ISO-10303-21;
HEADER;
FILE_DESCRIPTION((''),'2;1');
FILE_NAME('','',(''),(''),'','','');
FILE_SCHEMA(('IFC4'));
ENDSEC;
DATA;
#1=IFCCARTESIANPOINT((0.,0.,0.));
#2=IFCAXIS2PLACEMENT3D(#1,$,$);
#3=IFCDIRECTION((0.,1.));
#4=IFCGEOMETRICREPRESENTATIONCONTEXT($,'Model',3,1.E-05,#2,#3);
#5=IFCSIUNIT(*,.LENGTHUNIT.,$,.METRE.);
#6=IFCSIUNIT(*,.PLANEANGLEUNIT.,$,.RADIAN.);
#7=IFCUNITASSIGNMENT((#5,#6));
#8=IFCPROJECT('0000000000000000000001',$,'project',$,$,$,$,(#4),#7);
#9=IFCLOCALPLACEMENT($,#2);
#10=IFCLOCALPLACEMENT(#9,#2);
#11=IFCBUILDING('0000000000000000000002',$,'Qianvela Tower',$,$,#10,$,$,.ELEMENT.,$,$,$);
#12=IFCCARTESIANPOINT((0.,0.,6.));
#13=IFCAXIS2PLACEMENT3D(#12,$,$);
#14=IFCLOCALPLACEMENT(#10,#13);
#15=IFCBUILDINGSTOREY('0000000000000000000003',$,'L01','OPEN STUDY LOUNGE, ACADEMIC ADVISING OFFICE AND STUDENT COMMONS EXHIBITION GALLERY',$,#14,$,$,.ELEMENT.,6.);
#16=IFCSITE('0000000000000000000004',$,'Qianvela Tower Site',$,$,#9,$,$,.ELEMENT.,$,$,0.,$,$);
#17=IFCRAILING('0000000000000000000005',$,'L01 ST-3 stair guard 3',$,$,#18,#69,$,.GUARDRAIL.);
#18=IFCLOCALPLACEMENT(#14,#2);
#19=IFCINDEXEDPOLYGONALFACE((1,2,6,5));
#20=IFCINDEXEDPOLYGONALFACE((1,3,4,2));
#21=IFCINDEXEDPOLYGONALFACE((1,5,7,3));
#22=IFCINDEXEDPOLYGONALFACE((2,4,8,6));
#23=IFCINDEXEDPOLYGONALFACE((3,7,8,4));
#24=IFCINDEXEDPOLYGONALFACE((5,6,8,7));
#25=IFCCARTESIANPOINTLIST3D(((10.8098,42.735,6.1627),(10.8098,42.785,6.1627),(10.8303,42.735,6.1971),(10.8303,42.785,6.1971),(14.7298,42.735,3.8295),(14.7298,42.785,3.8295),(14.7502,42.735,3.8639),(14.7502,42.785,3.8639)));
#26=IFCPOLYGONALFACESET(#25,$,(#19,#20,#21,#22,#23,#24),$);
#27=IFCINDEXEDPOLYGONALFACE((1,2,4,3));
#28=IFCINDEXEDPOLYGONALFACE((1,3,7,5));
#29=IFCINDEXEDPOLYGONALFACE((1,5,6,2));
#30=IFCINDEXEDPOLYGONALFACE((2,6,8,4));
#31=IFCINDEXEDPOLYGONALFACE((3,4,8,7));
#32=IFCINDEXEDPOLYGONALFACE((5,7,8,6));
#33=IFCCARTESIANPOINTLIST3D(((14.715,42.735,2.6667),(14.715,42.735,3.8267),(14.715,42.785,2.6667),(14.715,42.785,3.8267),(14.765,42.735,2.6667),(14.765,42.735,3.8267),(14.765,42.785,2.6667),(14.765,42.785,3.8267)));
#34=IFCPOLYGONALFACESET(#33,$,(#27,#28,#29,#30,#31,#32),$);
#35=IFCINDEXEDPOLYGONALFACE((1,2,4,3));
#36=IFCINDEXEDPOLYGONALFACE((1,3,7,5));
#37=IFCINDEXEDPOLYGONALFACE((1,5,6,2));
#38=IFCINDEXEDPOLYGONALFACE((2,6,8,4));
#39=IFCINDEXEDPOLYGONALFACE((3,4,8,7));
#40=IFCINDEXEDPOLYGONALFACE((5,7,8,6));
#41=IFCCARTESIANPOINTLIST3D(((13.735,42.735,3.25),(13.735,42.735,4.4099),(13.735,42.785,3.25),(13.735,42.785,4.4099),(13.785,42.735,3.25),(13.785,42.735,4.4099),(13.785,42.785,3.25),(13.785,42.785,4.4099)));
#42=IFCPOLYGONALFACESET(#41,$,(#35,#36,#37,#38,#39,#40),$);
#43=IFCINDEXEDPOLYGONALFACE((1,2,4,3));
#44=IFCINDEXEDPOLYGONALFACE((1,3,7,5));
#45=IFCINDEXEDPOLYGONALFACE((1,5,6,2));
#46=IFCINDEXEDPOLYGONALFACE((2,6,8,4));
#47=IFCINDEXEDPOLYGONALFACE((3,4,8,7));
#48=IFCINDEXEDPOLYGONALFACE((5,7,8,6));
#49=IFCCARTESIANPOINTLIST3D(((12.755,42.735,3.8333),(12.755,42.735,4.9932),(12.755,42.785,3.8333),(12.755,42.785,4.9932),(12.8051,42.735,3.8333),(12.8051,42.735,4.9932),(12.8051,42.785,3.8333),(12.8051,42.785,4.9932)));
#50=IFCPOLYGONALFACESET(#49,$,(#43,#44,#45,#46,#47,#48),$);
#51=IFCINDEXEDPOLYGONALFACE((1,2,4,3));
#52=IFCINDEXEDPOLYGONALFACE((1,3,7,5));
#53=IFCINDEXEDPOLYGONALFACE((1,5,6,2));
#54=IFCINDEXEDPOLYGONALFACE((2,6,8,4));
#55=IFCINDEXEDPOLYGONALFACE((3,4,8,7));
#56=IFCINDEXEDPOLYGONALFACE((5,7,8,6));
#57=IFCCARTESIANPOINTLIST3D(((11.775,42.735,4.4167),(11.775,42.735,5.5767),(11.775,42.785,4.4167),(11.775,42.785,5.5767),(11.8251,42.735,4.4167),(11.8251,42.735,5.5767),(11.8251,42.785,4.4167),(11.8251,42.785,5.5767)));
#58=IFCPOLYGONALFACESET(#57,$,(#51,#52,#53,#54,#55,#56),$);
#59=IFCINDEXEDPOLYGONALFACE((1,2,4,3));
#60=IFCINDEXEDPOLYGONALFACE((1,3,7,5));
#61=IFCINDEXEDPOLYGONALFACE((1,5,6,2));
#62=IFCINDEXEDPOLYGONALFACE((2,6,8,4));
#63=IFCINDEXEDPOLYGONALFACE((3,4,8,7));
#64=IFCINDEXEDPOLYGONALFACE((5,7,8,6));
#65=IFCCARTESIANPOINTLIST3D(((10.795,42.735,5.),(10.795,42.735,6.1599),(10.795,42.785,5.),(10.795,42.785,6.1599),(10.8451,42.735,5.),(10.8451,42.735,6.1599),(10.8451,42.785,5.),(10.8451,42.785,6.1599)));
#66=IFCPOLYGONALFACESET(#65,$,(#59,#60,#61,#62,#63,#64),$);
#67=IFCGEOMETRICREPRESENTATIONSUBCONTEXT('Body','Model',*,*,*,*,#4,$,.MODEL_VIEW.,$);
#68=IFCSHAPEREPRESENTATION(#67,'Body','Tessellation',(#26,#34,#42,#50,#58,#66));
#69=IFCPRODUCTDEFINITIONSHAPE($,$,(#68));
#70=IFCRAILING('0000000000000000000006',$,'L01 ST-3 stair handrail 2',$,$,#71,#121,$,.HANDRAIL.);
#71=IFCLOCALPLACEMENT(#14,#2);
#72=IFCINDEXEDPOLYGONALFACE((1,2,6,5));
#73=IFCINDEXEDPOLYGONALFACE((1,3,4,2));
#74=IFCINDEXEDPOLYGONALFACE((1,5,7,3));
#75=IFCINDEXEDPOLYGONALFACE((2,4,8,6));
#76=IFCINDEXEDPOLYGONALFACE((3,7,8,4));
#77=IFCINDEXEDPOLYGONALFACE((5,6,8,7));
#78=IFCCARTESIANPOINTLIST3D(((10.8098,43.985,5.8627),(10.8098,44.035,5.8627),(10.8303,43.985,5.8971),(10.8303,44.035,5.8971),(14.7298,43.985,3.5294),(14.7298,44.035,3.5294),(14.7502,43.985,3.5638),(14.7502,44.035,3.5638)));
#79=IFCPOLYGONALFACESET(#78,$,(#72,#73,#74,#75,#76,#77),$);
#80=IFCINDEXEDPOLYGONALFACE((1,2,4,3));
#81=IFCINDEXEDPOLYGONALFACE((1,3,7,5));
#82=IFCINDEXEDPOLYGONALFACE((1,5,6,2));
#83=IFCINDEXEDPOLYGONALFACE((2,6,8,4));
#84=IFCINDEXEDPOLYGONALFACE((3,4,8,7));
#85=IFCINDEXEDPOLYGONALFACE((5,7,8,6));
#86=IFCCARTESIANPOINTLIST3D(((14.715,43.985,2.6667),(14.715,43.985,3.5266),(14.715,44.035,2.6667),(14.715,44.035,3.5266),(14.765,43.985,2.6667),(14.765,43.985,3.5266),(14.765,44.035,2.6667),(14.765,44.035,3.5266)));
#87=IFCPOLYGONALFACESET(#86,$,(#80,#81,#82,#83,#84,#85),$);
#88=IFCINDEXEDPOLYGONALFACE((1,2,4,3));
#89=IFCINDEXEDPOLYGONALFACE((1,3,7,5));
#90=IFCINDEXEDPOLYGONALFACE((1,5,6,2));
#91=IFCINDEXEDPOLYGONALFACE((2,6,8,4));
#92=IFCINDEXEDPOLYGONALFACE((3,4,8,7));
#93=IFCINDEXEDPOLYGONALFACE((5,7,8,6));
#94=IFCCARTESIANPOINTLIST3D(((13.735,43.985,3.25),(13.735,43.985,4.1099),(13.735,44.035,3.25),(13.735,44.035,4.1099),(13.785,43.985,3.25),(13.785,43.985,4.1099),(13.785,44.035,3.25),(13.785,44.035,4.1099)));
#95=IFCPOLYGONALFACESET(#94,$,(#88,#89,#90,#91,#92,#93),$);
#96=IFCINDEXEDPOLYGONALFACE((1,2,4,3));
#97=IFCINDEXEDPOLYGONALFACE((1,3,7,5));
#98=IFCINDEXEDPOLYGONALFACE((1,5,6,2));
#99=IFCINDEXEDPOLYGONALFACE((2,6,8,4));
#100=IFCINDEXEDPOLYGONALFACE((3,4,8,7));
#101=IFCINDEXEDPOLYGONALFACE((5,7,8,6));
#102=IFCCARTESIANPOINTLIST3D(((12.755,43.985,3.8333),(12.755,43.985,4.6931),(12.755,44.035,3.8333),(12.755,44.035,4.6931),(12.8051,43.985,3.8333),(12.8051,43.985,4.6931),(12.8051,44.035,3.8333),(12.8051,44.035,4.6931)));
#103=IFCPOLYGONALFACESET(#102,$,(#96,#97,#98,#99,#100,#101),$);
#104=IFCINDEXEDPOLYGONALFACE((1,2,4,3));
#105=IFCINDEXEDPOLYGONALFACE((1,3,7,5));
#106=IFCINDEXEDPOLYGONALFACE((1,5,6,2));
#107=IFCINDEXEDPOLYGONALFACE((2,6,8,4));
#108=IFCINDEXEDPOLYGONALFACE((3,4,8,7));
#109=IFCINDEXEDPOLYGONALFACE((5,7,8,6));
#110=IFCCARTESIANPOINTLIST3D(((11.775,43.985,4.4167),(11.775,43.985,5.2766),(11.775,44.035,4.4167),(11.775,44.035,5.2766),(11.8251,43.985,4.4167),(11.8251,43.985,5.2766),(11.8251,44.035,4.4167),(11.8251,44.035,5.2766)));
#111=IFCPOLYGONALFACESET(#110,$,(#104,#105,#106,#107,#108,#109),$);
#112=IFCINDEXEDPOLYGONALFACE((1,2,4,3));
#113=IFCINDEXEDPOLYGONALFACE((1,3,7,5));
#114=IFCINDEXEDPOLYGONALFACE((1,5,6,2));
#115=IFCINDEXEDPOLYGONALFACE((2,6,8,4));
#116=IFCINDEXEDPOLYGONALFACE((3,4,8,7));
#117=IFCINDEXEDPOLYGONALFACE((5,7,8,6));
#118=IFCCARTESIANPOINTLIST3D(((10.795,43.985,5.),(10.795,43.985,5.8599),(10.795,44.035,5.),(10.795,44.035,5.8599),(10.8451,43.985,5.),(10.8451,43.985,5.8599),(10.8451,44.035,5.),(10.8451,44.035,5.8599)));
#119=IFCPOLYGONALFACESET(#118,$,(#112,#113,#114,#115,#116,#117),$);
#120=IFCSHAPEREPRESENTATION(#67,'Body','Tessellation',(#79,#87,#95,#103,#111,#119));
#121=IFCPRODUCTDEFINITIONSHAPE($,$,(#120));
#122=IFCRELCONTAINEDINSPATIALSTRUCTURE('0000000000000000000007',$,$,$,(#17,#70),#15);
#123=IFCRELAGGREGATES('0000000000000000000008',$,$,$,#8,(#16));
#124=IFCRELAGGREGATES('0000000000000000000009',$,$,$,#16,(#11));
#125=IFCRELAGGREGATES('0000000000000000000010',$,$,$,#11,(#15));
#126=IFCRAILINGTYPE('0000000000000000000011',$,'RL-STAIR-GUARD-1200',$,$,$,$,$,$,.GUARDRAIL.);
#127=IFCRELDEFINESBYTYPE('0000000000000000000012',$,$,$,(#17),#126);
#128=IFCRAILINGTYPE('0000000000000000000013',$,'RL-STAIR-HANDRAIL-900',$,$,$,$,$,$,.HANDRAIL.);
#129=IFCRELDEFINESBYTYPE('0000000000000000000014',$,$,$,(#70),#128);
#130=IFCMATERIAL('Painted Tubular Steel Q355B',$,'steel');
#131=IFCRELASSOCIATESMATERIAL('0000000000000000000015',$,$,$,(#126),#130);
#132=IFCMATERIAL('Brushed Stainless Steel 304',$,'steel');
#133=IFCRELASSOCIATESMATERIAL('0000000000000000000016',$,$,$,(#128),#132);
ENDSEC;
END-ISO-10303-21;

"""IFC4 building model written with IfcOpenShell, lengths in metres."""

from ifc_helpers import new_model, si_unit, direction, frame, origin, origin_2d, place, context, subcontext, project, spatial, rectangle, extrude, material, type_object, element, save


model = new_model("IFC4")

# Units and contexts
model_context = context("Model", 3, precision=1e-05, world=origin(), true_north=direction((0.0, 1.0)))
body_context = subcontext(model_context, "Body", "Model", "MODEL_VIEW")
ifc_project = project(units=[si_unit("LENGTHUNIT", "METRE"), si_unit("PLANEANGLEUNIT", "RADIAN")], contexts=[model_context])

# Site, building, storey
site_placement = place(None, origin())
site = spatial("IfcSite", under=ifc_project, at=site_placement, Name="Qianvela Tower Site", CompositionType="ELEMENT", RefElevation=0.0)
building_placement = place(site_placement, origin())
building = spatial("IfcBuilding", under=site, at=building_placement, Name="Qianvela Tower", CompositionType="ELEMENT")
storey_placement = place(building_placement, frame((0.0, 0.0, 6.0)))
storey = spatial("IfcBuildingStorey", under=building, at=storey_placement, Name="L01", Description="OPEN STUDY LOUNGE, ACADEMIC ADVISING OFFICE AND STUDENT COMMONS EXHIBITION GALLERY", CompositionType="ELEMENT", Elevation=6.0)

# Railings
ifc_material_1 = material(Name="Painted Tubular Steel Q355B", Category="steel")
railing_type_1 = type_object("IfcRailingType", Name="RL-STAIR-GUARD-1200", PredefinedType="GUARDRAIL", material=ifc_material_1)
railing_1_placement = place(storey_placement, frame((14.74, 42.76, 2.6667)))
element("IfcRailing", 1, at=railing_1_placement, inside=storey, type_object=railing_type_1, Name="L01 ST-3 stair guard 3", PredefinedType="GUARDRAIL", context=body_context, shape_type="SweptSolid", body=[
    extrude(rectangle(XDim=0.05, YDim=0.04, at=origin_2d()), frame((0.0, 0.0, 1.1799), z_axis=(-0.859296, 0.0, 0.511478), x_axis=(0.0, -1.0, 0.0)), (0.0, 0.0, 1.0), 4.5618),
    extrude(rectangle(XDim=0.05, YDim=0.05, at=origin_2d()), origin(), (0.0, 0.0, 1.0), 1.1599),
    extrude(rectangle(XDim=0.05, YDim=0.05, at=origin_2d()), frame((-0.98, 0.0, 0.5833)), (0.0, 0.0, 1.0), 1.1599),
    extrude(rectangle(XDim=0.05, YDim=0.05, at=origin_2d()), frame((-1.96, 0.0, 1.1665)), (0.0, 0.0, 1.0), 1.1599),
    extrude(rectangle(XDim=0.05, YDim=0.05, at=origin_2d()), frame((-2.9399, 0.0, 1.75)), (0.0, 0.0, 1.0), 1.1599),
    extrude(rectangle(XDim=0.05, YDim=0.05, at=origin_2d()), frame((-3.9199, 0.0, 2.3333)), (0.0, 0.0, 1.0), 1.1599),
])
ifc_material_2 = material(Name="Brushed Stainless Steel 304", Category="steel")
railing_type_2 = type_object("IfcRailingType", Name="RL-STAIR-HANDRAIL-900", PredefinedType="HANDRAIL", material=ifc_material_2)
railing_2_placement = place(storey_placement, frame((14.74, 44.01, 2.6667)))
element("IfcRailing", 2, at=railing_2_placement, inside=storey, type_object=railing_type_2, Name="L01 ST-3 stair handrail 2", PredefinedType="HANDRAIL", context=body_context, shape_type="SweptSolid", body=[
    extrude(rectangle(XDim=0.05, YDim=0.04, at=origin_2d()), frame((0.0, 0.0, 0.8799), z_axis=(-0.859296, 0.0, 0.511478), x_axis=(0.0, -1.0, 0.0)), (0.0, 0.0, 1.0), 4.5618),
    extrude(rectangle(XDim=0.05, YDim=0.05, at=origin_2d()), origin(), (0.0, 0.0, 1.0), 0.8599),
    extrude(rectangle(XDim=0.05, YDim=0.05, at=origin_2d()), frame((-0.98, 0.0, 0.5833)), (0.0, 0.0, 1.0), 0.8599),
    extrude(rectangle(XDim=0.05, YDim=0.05, at=origin_2d()), frame((-1.96, 0.0, 1.1665)), (0.0, 0.0, 1.0), 0.8599),
    extrude(rectangle(XDim=0.05, YDim=0.05, at=origin_2d()), frame((-2.9399, 0.0, 1.75)), (0.0, 0.0, 1.0), 0.8599),
    extrude(rectangle(XDim=0.05, YDim=0.05, at=origin_2d()), frame((-3.9199, 0.0, 2.3333)), (0.0, 0.0, 1.0), 0.8599),
])

save(model, "model.ifc")
